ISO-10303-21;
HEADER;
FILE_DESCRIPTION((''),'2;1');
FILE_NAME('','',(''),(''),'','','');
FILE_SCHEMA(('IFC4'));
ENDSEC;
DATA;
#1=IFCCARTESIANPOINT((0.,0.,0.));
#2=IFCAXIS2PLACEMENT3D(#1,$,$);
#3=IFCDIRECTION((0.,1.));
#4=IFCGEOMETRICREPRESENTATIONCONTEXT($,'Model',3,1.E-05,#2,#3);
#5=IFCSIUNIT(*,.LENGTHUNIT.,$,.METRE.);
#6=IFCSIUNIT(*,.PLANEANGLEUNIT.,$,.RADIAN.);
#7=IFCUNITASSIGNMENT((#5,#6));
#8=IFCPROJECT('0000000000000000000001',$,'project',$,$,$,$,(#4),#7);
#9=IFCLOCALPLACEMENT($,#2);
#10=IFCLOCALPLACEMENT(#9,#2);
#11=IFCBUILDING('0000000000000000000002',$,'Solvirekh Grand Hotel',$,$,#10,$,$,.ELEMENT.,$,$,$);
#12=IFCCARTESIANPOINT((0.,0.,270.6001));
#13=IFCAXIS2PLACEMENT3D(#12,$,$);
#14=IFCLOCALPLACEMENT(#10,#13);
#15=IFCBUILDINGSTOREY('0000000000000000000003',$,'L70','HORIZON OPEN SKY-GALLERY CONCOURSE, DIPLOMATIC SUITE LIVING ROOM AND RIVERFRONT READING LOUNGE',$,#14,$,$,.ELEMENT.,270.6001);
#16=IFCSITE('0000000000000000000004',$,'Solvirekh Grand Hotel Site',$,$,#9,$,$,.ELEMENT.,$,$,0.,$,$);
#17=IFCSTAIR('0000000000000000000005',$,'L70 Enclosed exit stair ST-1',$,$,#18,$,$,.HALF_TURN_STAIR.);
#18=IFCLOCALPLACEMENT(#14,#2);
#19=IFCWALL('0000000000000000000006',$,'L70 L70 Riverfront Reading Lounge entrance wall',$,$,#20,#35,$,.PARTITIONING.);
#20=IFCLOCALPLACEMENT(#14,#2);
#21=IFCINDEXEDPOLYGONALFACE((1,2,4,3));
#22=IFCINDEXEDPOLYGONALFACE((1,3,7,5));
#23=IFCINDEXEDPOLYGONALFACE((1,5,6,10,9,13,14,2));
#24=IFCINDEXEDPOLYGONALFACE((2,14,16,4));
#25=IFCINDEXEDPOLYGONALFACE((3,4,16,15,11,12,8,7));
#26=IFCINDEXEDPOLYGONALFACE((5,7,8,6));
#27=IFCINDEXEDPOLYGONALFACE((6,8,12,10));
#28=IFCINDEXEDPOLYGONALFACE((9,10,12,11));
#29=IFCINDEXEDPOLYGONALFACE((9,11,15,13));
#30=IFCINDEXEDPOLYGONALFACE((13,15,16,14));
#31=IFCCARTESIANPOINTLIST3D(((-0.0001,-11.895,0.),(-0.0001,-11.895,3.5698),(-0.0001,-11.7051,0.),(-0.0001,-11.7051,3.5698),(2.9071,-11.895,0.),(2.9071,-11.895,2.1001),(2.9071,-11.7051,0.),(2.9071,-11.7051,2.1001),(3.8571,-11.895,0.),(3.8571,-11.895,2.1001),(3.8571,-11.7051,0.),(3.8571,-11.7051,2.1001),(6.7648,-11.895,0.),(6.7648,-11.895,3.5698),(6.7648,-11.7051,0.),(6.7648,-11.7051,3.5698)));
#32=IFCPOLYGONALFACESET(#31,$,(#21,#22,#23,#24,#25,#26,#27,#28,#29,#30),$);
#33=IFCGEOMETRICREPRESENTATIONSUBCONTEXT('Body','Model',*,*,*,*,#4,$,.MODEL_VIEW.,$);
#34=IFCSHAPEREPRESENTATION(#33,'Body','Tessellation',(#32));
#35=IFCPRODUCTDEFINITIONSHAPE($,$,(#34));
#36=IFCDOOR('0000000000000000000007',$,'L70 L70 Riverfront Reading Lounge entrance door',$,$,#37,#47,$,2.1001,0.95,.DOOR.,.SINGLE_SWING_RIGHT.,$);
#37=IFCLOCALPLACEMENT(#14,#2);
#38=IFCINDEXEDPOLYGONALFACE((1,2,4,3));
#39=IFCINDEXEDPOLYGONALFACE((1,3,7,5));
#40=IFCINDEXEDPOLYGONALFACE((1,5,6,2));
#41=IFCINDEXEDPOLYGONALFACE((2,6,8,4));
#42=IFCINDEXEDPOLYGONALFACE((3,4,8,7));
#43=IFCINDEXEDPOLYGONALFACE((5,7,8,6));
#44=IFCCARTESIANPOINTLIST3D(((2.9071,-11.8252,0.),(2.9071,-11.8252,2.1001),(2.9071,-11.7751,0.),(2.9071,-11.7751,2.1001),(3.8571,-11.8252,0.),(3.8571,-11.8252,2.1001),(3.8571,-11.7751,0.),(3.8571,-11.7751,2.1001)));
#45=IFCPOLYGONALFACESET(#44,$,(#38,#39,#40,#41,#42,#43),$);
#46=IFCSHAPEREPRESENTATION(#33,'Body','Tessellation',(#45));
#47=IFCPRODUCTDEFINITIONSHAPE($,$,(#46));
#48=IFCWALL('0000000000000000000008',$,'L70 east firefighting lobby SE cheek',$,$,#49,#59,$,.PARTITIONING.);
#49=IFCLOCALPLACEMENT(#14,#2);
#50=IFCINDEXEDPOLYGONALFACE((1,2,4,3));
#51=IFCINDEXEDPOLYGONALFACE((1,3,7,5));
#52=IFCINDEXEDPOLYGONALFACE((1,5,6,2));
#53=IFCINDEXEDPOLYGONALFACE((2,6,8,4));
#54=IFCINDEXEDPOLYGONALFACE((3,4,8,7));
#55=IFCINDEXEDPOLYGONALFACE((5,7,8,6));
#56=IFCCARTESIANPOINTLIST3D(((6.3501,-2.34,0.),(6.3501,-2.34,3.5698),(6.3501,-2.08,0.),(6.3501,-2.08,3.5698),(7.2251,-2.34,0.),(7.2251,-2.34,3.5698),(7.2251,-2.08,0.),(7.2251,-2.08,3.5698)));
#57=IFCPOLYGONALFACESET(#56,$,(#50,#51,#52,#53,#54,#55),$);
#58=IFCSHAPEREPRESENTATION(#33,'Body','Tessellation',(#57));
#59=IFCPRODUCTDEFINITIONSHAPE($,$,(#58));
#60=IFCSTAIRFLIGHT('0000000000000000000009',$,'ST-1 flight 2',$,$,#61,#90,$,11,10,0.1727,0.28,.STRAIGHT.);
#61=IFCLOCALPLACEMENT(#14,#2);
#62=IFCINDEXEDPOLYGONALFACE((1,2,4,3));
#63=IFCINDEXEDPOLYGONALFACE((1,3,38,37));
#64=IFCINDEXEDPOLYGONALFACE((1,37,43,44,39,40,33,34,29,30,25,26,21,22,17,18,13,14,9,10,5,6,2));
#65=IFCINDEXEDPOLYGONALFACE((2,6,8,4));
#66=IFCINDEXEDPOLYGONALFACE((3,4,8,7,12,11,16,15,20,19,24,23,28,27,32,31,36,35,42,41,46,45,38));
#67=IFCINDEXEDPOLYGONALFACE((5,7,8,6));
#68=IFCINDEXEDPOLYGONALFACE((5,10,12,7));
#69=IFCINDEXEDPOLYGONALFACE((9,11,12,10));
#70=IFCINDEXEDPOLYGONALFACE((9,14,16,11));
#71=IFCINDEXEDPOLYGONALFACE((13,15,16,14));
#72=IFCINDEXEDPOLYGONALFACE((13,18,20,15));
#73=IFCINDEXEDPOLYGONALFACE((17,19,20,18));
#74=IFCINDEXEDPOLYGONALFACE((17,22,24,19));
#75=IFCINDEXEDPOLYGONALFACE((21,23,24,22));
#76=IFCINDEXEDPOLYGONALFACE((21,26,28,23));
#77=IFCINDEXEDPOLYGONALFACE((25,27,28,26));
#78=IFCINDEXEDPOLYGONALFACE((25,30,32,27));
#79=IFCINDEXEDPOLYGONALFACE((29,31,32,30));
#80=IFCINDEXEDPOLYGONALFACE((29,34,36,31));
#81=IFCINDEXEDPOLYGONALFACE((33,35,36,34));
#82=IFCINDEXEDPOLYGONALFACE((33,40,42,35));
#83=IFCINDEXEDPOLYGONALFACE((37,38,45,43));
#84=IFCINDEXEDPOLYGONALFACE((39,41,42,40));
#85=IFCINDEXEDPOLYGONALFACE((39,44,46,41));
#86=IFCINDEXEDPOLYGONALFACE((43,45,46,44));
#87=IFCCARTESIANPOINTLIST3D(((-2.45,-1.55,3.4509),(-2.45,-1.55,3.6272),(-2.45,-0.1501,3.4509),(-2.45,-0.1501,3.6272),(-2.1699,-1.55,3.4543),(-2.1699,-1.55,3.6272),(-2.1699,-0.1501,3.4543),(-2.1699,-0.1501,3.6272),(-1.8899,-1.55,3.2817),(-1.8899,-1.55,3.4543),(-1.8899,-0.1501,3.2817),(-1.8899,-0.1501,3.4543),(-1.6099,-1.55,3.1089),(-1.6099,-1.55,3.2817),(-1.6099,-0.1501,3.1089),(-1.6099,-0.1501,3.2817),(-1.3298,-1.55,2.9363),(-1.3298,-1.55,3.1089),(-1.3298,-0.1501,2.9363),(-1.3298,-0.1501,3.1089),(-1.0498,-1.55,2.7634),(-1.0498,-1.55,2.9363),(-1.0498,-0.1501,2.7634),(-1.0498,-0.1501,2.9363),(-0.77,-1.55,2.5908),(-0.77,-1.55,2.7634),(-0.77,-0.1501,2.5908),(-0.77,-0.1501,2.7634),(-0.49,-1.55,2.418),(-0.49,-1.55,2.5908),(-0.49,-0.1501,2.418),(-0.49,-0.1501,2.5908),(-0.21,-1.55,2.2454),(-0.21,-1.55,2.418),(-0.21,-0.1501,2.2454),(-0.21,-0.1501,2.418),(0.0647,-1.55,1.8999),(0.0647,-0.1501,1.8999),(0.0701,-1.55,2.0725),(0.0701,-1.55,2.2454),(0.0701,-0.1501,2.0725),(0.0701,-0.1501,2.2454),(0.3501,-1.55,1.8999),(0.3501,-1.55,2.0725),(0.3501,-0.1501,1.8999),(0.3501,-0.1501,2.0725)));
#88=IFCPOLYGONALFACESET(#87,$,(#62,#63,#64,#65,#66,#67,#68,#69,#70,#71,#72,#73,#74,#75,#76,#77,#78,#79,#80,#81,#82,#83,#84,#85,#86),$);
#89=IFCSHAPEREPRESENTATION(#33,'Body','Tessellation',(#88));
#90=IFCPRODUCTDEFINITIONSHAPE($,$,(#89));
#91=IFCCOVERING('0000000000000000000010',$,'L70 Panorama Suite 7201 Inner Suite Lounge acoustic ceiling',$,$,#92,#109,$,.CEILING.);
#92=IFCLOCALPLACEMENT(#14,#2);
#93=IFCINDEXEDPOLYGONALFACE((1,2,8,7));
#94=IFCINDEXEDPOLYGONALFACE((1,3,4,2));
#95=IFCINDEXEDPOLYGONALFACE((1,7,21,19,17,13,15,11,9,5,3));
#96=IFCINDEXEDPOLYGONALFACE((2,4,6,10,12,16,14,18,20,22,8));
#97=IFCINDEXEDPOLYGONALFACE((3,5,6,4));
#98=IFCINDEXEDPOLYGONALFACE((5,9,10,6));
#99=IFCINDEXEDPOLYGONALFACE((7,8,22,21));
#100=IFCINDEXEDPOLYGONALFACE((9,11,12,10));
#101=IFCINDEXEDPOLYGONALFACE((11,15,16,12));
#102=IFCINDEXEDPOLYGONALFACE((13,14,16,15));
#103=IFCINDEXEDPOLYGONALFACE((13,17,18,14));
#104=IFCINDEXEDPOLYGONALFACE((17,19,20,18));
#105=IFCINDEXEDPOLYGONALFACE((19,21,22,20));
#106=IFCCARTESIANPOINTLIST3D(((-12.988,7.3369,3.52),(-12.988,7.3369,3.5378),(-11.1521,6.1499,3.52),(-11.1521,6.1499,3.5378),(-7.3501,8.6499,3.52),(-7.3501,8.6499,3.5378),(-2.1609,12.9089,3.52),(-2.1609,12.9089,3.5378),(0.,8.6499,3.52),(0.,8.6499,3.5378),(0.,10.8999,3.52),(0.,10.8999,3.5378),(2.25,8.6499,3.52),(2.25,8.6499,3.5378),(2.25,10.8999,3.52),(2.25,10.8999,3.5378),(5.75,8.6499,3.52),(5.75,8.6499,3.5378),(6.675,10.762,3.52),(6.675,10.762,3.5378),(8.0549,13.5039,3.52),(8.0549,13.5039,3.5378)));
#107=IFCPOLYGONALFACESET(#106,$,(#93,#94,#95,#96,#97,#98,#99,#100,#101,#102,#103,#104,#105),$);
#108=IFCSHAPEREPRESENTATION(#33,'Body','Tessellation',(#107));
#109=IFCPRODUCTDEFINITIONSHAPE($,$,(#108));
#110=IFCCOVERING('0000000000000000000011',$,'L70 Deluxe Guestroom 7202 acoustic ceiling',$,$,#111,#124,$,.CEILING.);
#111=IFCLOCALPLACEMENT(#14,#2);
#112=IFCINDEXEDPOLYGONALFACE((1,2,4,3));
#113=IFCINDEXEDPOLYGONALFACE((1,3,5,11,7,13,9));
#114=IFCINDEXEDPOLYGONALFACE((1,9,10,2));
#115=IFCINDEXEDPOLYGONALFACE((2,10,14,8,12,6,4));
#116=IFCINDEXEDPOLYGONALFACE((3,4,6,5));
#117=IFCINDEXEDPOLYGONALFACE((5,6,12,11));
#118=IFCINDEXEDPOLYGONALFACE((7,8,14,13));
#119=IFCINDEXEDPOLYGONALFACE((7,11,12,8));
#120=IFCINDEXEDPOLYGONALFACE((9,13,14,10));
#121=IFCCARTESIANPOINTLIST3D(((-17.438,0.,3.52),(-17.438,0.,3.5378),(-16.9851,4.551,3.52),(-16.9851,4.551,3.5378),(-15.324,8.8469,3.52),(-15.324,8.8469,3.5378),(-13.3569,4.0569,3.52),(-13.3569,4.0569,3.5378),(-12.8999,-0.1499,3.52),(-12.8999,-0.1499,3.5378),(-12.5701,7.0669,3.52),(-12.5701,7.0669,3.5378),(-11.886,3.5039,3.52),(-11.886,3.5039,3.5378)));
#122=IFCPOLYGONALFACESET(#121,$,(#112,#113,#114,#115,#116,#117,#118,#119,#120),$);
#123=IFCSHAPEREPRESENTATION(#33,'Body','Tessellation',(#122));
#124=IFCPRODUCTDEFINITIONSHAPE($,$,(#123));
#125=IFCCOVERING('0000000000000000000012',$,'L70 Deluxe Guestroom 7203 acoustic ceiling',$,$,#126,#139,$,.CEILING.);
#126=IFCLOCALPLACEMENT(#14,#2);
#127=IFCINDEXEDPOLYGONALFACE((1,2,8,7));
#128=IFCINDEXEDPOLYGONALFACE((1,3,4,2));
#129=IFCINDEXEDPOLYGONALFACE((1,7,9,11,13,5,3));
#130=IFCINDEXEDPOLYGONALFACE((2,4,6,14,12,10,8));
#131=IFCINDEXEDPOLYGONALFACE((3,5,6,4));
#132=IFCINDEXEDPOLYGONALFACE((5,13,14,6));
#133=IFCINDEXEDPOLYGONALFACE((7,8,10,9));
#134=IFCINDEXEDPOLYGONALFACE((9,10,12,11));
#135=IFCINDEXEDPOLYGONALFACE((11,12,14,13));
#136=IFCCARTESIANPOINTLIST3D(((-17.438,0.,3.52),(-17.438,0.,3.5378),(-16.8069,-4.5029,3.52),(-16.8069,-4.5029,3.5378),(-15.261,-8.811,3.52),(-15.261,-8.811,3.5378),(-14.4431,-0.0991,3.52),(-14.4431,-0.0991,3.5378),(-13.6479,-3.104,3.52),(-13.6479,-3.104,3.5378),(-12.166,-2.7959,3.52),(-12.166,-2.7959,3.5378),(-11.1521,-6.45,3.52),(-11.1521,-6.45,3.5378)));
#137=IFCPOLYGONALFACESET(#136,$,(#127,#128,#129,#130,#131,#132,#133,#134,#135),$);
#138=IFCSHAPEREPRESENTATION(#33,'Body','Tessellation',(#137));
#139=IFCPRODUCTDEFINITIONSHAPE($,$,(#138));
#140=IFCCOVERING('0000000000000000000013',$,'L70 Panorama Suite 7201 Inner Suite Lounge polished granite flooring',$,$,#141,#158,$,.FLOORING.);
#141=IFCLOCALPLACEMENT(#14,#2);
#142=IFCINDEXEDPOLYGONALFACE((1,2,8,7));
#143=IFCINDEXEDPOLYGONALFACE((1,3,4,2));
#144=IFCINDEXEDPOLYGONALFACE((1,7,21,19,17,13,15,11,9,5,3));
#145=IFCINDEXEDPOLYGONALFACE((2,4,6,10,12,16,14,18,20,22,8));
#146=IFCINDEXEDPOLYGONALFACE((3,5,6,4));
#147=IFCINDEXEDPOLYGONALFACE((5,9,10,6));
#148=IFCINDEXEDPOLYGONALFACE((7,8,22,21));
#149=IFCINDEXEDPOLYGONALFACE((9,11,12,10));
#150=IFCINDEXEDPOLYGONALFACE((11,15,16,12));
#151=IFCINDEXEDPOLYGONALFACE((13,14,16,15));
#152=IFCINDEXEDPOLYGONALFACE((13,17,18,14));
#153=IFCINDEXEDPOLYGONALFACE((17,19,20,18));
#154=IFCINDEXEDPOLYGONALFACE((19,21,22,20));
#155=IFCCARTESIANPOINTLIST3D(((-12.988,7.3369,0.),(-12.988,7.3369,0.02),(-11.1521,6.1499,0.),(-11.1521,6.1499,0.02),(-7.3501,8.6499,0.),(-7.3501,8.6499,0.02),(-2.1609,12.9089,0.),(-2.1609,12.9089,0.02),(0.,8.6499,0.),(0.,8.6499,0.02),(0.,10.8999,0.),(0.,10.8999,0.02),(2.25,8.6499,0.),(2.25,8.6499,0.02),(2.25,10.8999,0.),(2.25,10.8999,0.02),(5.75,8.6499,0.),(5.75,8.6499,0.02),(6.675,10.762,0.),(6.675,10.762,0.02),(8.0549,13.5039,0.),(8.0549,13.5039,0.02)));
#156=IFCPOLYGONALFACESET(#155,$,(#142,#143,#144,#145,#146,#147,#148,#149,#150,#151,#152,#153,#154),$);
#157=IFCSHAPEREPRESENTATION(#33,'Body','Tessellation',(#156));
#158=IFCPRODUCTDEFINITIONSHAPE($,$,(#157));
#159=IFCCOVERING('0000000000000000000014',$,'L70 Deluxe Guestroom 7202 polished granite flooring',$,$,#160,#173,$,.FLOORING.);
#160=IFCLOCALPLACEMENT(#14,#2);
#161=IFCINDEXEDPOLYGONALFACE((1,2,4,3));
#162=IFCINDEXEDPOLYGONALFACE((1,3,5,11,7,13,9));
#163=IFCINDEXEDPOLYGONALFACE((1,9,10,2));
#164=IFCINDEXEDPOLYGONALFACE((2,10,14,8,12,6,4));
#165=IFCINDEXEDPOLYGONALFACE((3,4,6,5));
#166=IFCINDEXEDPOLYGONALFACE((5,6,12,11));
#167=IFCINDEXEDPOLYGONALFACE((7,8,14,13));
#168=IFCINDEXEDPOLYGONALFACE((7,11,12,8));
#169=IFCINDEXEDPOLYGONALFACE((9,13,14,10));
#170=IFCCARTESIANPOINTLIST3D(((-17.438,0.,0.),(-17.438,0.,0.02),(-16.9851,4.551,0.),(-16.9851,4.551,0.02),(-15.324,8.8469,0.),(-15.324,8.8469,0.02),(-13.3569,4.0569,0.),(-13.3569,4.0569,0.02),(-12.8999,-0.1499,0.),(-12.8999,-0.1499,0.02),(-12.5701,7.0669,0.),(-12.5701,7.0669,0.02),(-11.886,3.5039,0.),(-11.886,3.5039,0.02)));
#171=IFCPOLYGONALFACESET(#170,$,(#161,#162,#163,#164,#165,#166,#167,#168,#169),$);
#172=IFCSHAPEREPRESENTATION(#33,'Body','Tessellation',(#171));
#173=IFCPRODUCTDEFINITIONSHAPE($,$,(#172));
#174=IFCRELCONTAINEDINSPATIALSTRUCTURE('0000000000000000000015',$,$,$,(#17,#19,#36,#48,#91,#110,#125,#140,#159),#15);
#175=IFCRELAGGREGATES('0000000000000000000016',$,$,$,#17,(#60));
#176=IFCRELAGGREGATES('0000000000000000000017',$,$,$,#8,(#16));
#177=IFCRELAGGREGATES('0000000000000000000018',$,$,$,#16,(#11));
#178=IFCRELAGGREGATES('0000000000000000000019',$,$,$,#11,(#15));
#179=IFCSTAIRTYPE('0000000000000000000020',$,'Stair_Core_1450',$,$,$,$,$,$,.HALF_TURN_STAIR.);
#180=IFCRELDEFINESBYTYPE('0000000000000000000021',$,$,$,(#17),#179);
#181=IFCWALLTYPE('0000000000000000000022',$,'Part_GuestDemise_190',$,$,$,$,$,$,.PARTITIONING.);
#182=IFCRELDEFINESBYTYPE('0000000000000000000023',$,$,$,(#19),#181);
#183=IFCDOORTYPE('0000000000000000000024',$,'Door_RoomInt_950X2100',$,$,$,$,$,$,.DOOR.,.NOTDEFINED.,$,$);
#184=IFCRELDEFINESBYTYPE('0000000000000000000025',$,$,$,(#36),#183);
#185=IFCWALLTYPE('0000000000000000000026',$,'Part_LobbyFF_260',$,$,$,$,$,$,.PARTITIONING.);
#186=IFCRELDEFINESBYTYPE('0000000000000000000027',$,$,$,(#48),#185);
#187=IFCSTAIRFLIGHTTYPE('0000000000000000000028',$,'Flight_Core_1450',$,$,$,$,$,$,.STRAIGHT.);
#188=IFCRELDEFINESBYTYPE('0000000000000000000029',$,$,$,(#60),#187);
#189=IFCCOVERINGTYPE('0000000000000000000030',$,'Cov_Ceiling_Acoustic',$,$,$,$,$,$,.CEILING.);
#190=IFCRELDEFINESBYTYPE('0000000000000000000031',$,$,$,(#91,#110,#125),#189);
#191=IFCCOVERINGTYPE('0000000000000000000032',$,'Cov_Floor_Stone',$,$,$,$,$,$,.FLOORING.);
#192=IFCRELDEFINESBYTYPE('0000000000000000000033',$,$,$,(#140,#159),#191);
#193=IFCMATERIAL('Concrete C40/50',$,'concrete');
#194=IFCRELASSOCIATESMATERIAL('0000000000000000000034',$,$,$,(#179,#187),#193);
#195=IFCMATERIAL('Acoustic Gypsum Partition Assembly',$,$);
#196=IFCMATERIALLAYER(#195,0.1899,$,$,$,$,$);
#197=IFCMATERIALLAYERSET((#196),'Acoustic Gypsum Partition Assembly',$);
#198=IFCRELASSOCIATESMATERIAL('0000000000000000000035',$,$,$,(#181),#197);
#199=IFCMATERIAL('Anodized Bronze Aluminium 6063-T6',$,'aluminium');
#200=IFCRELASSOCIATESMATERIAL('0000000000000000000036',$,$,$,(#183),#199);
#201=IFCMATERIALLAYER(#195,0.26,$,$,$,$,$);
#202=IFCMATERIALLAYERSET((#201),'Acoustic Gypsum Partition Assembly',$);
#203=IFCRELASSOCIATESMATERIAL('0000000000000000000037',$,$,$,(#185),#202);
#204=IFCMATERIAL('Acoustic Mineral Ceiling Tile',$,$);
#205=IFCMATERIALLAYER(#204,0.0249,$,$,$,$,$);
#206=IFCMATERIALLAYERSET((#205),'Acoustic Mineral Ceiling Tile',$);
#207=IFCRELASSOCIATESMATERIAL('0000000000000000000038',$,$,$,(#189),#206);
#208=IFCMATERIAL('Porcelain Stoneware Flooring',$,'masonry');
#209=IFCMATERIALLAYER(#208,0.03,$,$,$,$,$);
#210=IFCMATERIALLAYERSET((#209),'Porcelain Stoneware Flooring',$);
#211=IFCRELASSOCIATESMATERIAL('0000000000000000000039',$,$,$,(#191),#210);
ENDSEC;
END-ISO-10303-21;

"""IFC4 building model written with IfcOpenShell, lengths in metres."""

from ifc_helpers import new_model, si_unit, direction, frame, frame_2d, origin, place, context, subcontext, project, spatial, polyline, rectangle, outline, extrude, material, layer, layer_set, type_object, element, fill, aggregate, save


model = new_model("IFC4")

# Units and contexts
model_context = context("Model", 3, precision=1e-05, world=origin(), true_north=direction((0.0, 1.0)))
body_context = subcontext(model_context, "Body", "Model", "MODEL_VIEW")
ifc_project = project(units=[si_unit("LENGTHUNIT", "METRE"), si_unit("PLANEANGLEUNIT", "RADIAN")], contexts=[model_context])

# Site, building, storey
site_placement = place(None, origin())
site = spatial("IfcSite", under=ifc_project, at=site_placement, Name="Solvirekh Grand Hotel Site", CompositionType="ELEMENT", RefElevation=0.0)
building_placement = place(site_placement, origin())
building = spatial("IfcBuilding", under=site, at=building_placement, Name="Solvirekh Grand Hotel", CompositionType="ELEMENT")
storey_placement = place(building_placement, frame((0.0, 0.0, 270.6001)))
storey = spatial("IfcBuildingStorey", under=building, at=storey_placement, Name="L70", Description="HORIZON OPEN SKY-GALLERY CONCOURSE, DIPLOMATIC SUITE LIVING ROOM AND RIVERFRONT READING LOUNGE", CompositionType="ELEMENT", Elevation=270.6001)

# Shared definitions
ifc_material_1 = material(Name="Anodized Bronze Aluminium 6063-T6", Category="aluminium")

# Stair
ifc_material_2 = material(Name="Concrete C40/50", Category="concrete")
stair_type = type_object("IfcStairType", Name="Stair_Core_1450", PredefinedType="HALF_TURN_STAIR", material=ifc_material_2)
stair_1_placement = place(storey_placement, origin())
stair_1 = element("IfcStair", 1, at=stair_1_placement, inside=storey, type_object=stair_type, Name="L70 Enclosed exit stair ST-1", PredefinedType="HALF_TURN_STAIR")

# Wall, opening, door
ifc_material_3 = material(Name="Acoustic Gypsum Partition Assembly")
ifc_layer_1 = layer(ifc_material_3, 0.1899)
ifc_layer_set_1 = layer_set([ifc_layer_1], Name="Acoustic Gypsum Partition Assembly")
wall_type_1 = type_object("IfcWallType", Name="Part_GuestDemise_190", PredefinedType="PARTITIONING", material=ifc_layer_set_1)
wall_1_placement = place(storey_placement, frame((0.0, -11.8, 0.0), z_axis=(0.0, 0.0, 1.0), x_axis=(1.0, 0.0, 0.0)))
wall_1 = element("IfcWall", 2, at=wall_1_placement, inside=storey, type_object=wall_type_1, Name="L70 L70 Riverfront Reading Lounge entrance wall", PredefinedType="PARTITIONING", context=body_context, shape_type="SweptSolid", body=[
    extrude(rectangle(XDim=6.7649, YDim=0.1899, at=frame_2d((3.3823, 0.0))), origin(), (0.0, 0.0, 1.0), 3.5698),
])
opening_1_placement = place(wall_1_placement, frame((2.907, 0.0, 0.0)))
opening_1 = element("IfcOpeningElement", 3, at=opening_1_placement, cuts=wall_1, PredefinedType="OPENING", context=body_context, shape_type="SweptSolid", body=[
    extrude(rectangle(XDim=0.95, YDim=2.1001, at=frame_2d((0.4751, 1.05))), frame((0.0, 0.105, 0.0), z_axis=(0.0, -1.0, 0.0), x_axis=(1.0, 0.0, 0.0)), (0.0, 0.0, 1.0), 0.21),
])
door_type_1 = type_object("IfcDoorType", Name="Door_RoomInt_950X2100", OperationType="NOTDEFINED", PredefinedType="DOOR", material=ifc_material_1)
door_1_placement = place(opening_1_placement, origin())
door_1 = element("IfcDoor", 4, at=door_1_placement, inside=storey, type_object=door_type_1, Name="L70 L70 Riverfront Reading Lounge entrance door", OperationType="SINGLE_SWING_RIGHT", OverallHeight=2.1001, OverallWidth=0.95, PredefinedType="DOOR", context=body_context, shape_type="SweptSolid", body=[
    extrude(rectangle(XDim=0.95, YDim=2.1001, at=frame_2d((0.4751, 1.05))), frame((0.0, 0.0249, 0.0), z_axis=(0.0, -1.0, 0.0), x_axis=(1.0, 0.0, 0.0)), (0.0, 0.0, 1.0), 0.05),
])
fill(opening_1, door_1)

# Wall
ifc_layer_2 = layer(ifc_material_3, 0.26)
ifc_layer_set_2 = layer_set([ifc_layer_2], Name="Acoustic Gypsum Partition Assembly")
wall_type_2 = type_object("IfcWallType", Name="Part_LobbyFF_260", PredefinedType="PARTITIONING", material=ifc_layer_set_2)
wall_2_placement = place(storey_placement, frame((6.3501, -2.21, 0.0), z_axis=(0.0, 0.0, 1.0), x_axis=(1.0, 0.0, 0.0)))
element("IfcWall", 5, at=wall_2_placement, inside=storey, type_object=wall_type_2, Name="L70 east firefighting lobby SE cheek", PredefinedType="PARTITIONING", context=body_context, shape_type="SweptSolid", body=[
    extrude(rectangle(XDim=0.875, YDim=0.26, at=frame_2d((0.4375, 0.0))), origin(), (0.0, 0.0, 1.0), 3.5698),
])

# Stair flight
stair_flight_type = type_object("IfcStairFlightType", Name="Flight_Core_1450", PredefinedType="STRAIGHT", material=ifc_material_2)
stair_flight_placement = place(storey_placement, frame((0.3501, -0.8501, 1.8999), z_axis=(0.0, 0.0, 1.0), x_axis=(-1.0, 0.0, 0.0)))
stair_flight = element("IfcStairFlight", 6, at=stair_flight_placement, type_object=stair_flight_type, Name="ST-1 flight 2", NumberOfRisers=11, NumberOfTreads=10, PredefinedType="STRAIGHT", RiserHeight=0.1727, TreadLength=0.28, context=body_context, shape_type="SweptSolid", body=[
    extrude(outline(polyline([(0.0, 0.0), (0.0, 0.1726), (0.28, 0.1726), (0.28, 0.3455), (0.5601, 0.3455), (0.5601, 0.5181), (0.8401, 0.5181), (0.8401, 0.6909), (1.1201, 0.6909), (1.1201, 0.8635), (1.3999, 0.8635), (1.3999, 1.0364), (1.6799, 1.0364), (1.6799, 1.209), (1.96, 1.209), (1.96, 1.3818), (2.24, 1.3818), (2.24, 1.5544), (2.52, 1.5544), (2.52, 1.7273), (2.8, 1.7273), (2.8, 1.8999), (2.8, 1.551), (0.2854, 0.0), (0.0, 0.0)])), frame((0.0, 0.7, 0.0), z_axis=(0.0, -1.0, 0.0), x_axis=(1.0, 0.0, 0.0)), (0.0, 0.0, 1.0), 1.3999),
])
aggregate(stair_1, [stair_flight])

# Coverings
ifc_material_4 = material(Name="Acoustic Mineral Ceiling Tile")
ifc_layer_3 = layer(ifc_material_4, 0.0249)
ifc_layer_set_3 = layer_set([ifc_layer_3], Name="Acoustic Mineral Ceiling Tile")
covering_type_1 = type_object("IfcCoveringType", Name="Cov_Ceiling_Acoustic", PredefinedType="CEILING", material=ifc_layer_set_3)
covering_1_placement = place(storey_placement, frame((0.0, 0.0, 3.52)))
element("IfcCovering", 7, at=covering_1_placement, inside=storey, type_object=covering_type_1, Name="L70 Panorama Suite 7201 Inner Suite Lounge acoustic ceiling", PredefinedType="CEILING", context=body_context, shape_type="SweptSolid", body=[
    extrude(outline(polyline([(0.0, 8.6499), (0.0, 10.8999), (2.25, 10.8999), (2.25, 8.6499), (5.75, 8.6499), (6.675, 10.762), (8.0549, 13.5039), (-2.1609, 12.9089), (-12.988, 7.3369), (-11.1521, 6.1499), (-7.3501, 8.6499), (0.0, 8.6499)])), origin(), (0.0, 0.0, 1.0), 0.0178),
])
covering_2_placement = place(storey_placement, frame((0.0, 0.0, 3.52)))
element("IfcCovering", 8, at=covering_2_placement, inside=storey, type_object=covering_type_1, Name="L70 Deluxe Guestroom 7202 acoustic ceiling", PredefinedType="CEILING", context=body_context, shape_type="SweptSolid", body=[
    extrude(outline(polyline([(-13.3569, 4.0569), (-12.5701, 7.0669), (-15.324, 8.8469), (-16.9851, 4.551), (-17.438, 0.0), (-12.8999, -0.1499), (-11.886, 3.5039), (-13.3569, 4.0569)])), origin(), (0.0, 0.0, 1.0), 0.0178),
])
covering_3_placement = place(storey_placement, frame((0.0, 0.0, 3.52)))
element("IfcCovering", 9, at=covering_3_placement, inside=storey, type_object=covering_type_1, Name="L70 Deluxe Guestroom 7203 acoustic ceiling", PredefinedType="CEILING", context=body_context, shape_type="SweptSolid", body=[
    extrude(outline(polyline([(-13.6479, -3.104), (-14.4431, -0.0991), (-17.438, 0.0), (-16.8069, -4.5029), (-15.261, -8.811), (-11.1521, -6.45), (-12.166, -2.7959), (-13.6479, -3.104)])), origin(), (0.0, 0.0, 1.0), 0.0178),
])
ifc_material_5 = material(Name="Porcelain Stoneware Flooring", Category="masonry")
ifc_layer_4 = layer(ifc_material_5, 0.03)
ifc_layer_set_4 = layer_set([ifc_layer_4], Name="Porcelain Stoneware Flooring")
covering_type_2 = type_object("IfcCoveringType", Name="Cov_Floor_Stone", PredefinedType="FLOORING", material=ifc_layer_set_4)
covering_4_placement = place(storey_placement, origin())
element("IfcCovering", 10, at=covering_4_placement, inside=storey, type_object=covering_type_2, Name="L70 Panorama Suite 7201 Inner Suite Lounge polished granite flooring", PredefinedType="FLOORING", context=body_context, shape_type="SweptSolid", body=[
    extrude(outline(polyline([(0.0, 8.6499), (0.0, 10.8999), (2.25, 10.8999), (2.25, 8.6499), (5.75, 8.6499), (6.675, 10.762), (8.0549, 13.5039), (-2.1609, 12.9089), (-12.988, 7.3369), (-11.1521, 6.1499), (-7.3501, 8.6499), (0.0, 8.6499)])), origin(), (0.0, 0.0, 1.0), 0.02),
])
covering_5_placement = place(storey_placement, origin())
element("IfcCovering", 11, at=covering_5_placement, inside=storey, type_object=covering_type_2, Name="L70 Deluxe Guestroom 7202 polished granite flooring", PredefinedType="FLOORING", context=body_context, shape_type="SweptSolid", body=[
    extrude(outline(polyline([(-13.3569, 4.0569), (-12.5701, 7.0669), (-15.324, 8.8469), (-16.9851, 4.551), (-17.438, 0.0), (-12.8999, -0.1499), (-11.886, 3.5039), (-13.3569, 4.0569)])), origin(), (0.0, 0.0, 1.0), 0.02),
])

save(model, "model.ifc")
